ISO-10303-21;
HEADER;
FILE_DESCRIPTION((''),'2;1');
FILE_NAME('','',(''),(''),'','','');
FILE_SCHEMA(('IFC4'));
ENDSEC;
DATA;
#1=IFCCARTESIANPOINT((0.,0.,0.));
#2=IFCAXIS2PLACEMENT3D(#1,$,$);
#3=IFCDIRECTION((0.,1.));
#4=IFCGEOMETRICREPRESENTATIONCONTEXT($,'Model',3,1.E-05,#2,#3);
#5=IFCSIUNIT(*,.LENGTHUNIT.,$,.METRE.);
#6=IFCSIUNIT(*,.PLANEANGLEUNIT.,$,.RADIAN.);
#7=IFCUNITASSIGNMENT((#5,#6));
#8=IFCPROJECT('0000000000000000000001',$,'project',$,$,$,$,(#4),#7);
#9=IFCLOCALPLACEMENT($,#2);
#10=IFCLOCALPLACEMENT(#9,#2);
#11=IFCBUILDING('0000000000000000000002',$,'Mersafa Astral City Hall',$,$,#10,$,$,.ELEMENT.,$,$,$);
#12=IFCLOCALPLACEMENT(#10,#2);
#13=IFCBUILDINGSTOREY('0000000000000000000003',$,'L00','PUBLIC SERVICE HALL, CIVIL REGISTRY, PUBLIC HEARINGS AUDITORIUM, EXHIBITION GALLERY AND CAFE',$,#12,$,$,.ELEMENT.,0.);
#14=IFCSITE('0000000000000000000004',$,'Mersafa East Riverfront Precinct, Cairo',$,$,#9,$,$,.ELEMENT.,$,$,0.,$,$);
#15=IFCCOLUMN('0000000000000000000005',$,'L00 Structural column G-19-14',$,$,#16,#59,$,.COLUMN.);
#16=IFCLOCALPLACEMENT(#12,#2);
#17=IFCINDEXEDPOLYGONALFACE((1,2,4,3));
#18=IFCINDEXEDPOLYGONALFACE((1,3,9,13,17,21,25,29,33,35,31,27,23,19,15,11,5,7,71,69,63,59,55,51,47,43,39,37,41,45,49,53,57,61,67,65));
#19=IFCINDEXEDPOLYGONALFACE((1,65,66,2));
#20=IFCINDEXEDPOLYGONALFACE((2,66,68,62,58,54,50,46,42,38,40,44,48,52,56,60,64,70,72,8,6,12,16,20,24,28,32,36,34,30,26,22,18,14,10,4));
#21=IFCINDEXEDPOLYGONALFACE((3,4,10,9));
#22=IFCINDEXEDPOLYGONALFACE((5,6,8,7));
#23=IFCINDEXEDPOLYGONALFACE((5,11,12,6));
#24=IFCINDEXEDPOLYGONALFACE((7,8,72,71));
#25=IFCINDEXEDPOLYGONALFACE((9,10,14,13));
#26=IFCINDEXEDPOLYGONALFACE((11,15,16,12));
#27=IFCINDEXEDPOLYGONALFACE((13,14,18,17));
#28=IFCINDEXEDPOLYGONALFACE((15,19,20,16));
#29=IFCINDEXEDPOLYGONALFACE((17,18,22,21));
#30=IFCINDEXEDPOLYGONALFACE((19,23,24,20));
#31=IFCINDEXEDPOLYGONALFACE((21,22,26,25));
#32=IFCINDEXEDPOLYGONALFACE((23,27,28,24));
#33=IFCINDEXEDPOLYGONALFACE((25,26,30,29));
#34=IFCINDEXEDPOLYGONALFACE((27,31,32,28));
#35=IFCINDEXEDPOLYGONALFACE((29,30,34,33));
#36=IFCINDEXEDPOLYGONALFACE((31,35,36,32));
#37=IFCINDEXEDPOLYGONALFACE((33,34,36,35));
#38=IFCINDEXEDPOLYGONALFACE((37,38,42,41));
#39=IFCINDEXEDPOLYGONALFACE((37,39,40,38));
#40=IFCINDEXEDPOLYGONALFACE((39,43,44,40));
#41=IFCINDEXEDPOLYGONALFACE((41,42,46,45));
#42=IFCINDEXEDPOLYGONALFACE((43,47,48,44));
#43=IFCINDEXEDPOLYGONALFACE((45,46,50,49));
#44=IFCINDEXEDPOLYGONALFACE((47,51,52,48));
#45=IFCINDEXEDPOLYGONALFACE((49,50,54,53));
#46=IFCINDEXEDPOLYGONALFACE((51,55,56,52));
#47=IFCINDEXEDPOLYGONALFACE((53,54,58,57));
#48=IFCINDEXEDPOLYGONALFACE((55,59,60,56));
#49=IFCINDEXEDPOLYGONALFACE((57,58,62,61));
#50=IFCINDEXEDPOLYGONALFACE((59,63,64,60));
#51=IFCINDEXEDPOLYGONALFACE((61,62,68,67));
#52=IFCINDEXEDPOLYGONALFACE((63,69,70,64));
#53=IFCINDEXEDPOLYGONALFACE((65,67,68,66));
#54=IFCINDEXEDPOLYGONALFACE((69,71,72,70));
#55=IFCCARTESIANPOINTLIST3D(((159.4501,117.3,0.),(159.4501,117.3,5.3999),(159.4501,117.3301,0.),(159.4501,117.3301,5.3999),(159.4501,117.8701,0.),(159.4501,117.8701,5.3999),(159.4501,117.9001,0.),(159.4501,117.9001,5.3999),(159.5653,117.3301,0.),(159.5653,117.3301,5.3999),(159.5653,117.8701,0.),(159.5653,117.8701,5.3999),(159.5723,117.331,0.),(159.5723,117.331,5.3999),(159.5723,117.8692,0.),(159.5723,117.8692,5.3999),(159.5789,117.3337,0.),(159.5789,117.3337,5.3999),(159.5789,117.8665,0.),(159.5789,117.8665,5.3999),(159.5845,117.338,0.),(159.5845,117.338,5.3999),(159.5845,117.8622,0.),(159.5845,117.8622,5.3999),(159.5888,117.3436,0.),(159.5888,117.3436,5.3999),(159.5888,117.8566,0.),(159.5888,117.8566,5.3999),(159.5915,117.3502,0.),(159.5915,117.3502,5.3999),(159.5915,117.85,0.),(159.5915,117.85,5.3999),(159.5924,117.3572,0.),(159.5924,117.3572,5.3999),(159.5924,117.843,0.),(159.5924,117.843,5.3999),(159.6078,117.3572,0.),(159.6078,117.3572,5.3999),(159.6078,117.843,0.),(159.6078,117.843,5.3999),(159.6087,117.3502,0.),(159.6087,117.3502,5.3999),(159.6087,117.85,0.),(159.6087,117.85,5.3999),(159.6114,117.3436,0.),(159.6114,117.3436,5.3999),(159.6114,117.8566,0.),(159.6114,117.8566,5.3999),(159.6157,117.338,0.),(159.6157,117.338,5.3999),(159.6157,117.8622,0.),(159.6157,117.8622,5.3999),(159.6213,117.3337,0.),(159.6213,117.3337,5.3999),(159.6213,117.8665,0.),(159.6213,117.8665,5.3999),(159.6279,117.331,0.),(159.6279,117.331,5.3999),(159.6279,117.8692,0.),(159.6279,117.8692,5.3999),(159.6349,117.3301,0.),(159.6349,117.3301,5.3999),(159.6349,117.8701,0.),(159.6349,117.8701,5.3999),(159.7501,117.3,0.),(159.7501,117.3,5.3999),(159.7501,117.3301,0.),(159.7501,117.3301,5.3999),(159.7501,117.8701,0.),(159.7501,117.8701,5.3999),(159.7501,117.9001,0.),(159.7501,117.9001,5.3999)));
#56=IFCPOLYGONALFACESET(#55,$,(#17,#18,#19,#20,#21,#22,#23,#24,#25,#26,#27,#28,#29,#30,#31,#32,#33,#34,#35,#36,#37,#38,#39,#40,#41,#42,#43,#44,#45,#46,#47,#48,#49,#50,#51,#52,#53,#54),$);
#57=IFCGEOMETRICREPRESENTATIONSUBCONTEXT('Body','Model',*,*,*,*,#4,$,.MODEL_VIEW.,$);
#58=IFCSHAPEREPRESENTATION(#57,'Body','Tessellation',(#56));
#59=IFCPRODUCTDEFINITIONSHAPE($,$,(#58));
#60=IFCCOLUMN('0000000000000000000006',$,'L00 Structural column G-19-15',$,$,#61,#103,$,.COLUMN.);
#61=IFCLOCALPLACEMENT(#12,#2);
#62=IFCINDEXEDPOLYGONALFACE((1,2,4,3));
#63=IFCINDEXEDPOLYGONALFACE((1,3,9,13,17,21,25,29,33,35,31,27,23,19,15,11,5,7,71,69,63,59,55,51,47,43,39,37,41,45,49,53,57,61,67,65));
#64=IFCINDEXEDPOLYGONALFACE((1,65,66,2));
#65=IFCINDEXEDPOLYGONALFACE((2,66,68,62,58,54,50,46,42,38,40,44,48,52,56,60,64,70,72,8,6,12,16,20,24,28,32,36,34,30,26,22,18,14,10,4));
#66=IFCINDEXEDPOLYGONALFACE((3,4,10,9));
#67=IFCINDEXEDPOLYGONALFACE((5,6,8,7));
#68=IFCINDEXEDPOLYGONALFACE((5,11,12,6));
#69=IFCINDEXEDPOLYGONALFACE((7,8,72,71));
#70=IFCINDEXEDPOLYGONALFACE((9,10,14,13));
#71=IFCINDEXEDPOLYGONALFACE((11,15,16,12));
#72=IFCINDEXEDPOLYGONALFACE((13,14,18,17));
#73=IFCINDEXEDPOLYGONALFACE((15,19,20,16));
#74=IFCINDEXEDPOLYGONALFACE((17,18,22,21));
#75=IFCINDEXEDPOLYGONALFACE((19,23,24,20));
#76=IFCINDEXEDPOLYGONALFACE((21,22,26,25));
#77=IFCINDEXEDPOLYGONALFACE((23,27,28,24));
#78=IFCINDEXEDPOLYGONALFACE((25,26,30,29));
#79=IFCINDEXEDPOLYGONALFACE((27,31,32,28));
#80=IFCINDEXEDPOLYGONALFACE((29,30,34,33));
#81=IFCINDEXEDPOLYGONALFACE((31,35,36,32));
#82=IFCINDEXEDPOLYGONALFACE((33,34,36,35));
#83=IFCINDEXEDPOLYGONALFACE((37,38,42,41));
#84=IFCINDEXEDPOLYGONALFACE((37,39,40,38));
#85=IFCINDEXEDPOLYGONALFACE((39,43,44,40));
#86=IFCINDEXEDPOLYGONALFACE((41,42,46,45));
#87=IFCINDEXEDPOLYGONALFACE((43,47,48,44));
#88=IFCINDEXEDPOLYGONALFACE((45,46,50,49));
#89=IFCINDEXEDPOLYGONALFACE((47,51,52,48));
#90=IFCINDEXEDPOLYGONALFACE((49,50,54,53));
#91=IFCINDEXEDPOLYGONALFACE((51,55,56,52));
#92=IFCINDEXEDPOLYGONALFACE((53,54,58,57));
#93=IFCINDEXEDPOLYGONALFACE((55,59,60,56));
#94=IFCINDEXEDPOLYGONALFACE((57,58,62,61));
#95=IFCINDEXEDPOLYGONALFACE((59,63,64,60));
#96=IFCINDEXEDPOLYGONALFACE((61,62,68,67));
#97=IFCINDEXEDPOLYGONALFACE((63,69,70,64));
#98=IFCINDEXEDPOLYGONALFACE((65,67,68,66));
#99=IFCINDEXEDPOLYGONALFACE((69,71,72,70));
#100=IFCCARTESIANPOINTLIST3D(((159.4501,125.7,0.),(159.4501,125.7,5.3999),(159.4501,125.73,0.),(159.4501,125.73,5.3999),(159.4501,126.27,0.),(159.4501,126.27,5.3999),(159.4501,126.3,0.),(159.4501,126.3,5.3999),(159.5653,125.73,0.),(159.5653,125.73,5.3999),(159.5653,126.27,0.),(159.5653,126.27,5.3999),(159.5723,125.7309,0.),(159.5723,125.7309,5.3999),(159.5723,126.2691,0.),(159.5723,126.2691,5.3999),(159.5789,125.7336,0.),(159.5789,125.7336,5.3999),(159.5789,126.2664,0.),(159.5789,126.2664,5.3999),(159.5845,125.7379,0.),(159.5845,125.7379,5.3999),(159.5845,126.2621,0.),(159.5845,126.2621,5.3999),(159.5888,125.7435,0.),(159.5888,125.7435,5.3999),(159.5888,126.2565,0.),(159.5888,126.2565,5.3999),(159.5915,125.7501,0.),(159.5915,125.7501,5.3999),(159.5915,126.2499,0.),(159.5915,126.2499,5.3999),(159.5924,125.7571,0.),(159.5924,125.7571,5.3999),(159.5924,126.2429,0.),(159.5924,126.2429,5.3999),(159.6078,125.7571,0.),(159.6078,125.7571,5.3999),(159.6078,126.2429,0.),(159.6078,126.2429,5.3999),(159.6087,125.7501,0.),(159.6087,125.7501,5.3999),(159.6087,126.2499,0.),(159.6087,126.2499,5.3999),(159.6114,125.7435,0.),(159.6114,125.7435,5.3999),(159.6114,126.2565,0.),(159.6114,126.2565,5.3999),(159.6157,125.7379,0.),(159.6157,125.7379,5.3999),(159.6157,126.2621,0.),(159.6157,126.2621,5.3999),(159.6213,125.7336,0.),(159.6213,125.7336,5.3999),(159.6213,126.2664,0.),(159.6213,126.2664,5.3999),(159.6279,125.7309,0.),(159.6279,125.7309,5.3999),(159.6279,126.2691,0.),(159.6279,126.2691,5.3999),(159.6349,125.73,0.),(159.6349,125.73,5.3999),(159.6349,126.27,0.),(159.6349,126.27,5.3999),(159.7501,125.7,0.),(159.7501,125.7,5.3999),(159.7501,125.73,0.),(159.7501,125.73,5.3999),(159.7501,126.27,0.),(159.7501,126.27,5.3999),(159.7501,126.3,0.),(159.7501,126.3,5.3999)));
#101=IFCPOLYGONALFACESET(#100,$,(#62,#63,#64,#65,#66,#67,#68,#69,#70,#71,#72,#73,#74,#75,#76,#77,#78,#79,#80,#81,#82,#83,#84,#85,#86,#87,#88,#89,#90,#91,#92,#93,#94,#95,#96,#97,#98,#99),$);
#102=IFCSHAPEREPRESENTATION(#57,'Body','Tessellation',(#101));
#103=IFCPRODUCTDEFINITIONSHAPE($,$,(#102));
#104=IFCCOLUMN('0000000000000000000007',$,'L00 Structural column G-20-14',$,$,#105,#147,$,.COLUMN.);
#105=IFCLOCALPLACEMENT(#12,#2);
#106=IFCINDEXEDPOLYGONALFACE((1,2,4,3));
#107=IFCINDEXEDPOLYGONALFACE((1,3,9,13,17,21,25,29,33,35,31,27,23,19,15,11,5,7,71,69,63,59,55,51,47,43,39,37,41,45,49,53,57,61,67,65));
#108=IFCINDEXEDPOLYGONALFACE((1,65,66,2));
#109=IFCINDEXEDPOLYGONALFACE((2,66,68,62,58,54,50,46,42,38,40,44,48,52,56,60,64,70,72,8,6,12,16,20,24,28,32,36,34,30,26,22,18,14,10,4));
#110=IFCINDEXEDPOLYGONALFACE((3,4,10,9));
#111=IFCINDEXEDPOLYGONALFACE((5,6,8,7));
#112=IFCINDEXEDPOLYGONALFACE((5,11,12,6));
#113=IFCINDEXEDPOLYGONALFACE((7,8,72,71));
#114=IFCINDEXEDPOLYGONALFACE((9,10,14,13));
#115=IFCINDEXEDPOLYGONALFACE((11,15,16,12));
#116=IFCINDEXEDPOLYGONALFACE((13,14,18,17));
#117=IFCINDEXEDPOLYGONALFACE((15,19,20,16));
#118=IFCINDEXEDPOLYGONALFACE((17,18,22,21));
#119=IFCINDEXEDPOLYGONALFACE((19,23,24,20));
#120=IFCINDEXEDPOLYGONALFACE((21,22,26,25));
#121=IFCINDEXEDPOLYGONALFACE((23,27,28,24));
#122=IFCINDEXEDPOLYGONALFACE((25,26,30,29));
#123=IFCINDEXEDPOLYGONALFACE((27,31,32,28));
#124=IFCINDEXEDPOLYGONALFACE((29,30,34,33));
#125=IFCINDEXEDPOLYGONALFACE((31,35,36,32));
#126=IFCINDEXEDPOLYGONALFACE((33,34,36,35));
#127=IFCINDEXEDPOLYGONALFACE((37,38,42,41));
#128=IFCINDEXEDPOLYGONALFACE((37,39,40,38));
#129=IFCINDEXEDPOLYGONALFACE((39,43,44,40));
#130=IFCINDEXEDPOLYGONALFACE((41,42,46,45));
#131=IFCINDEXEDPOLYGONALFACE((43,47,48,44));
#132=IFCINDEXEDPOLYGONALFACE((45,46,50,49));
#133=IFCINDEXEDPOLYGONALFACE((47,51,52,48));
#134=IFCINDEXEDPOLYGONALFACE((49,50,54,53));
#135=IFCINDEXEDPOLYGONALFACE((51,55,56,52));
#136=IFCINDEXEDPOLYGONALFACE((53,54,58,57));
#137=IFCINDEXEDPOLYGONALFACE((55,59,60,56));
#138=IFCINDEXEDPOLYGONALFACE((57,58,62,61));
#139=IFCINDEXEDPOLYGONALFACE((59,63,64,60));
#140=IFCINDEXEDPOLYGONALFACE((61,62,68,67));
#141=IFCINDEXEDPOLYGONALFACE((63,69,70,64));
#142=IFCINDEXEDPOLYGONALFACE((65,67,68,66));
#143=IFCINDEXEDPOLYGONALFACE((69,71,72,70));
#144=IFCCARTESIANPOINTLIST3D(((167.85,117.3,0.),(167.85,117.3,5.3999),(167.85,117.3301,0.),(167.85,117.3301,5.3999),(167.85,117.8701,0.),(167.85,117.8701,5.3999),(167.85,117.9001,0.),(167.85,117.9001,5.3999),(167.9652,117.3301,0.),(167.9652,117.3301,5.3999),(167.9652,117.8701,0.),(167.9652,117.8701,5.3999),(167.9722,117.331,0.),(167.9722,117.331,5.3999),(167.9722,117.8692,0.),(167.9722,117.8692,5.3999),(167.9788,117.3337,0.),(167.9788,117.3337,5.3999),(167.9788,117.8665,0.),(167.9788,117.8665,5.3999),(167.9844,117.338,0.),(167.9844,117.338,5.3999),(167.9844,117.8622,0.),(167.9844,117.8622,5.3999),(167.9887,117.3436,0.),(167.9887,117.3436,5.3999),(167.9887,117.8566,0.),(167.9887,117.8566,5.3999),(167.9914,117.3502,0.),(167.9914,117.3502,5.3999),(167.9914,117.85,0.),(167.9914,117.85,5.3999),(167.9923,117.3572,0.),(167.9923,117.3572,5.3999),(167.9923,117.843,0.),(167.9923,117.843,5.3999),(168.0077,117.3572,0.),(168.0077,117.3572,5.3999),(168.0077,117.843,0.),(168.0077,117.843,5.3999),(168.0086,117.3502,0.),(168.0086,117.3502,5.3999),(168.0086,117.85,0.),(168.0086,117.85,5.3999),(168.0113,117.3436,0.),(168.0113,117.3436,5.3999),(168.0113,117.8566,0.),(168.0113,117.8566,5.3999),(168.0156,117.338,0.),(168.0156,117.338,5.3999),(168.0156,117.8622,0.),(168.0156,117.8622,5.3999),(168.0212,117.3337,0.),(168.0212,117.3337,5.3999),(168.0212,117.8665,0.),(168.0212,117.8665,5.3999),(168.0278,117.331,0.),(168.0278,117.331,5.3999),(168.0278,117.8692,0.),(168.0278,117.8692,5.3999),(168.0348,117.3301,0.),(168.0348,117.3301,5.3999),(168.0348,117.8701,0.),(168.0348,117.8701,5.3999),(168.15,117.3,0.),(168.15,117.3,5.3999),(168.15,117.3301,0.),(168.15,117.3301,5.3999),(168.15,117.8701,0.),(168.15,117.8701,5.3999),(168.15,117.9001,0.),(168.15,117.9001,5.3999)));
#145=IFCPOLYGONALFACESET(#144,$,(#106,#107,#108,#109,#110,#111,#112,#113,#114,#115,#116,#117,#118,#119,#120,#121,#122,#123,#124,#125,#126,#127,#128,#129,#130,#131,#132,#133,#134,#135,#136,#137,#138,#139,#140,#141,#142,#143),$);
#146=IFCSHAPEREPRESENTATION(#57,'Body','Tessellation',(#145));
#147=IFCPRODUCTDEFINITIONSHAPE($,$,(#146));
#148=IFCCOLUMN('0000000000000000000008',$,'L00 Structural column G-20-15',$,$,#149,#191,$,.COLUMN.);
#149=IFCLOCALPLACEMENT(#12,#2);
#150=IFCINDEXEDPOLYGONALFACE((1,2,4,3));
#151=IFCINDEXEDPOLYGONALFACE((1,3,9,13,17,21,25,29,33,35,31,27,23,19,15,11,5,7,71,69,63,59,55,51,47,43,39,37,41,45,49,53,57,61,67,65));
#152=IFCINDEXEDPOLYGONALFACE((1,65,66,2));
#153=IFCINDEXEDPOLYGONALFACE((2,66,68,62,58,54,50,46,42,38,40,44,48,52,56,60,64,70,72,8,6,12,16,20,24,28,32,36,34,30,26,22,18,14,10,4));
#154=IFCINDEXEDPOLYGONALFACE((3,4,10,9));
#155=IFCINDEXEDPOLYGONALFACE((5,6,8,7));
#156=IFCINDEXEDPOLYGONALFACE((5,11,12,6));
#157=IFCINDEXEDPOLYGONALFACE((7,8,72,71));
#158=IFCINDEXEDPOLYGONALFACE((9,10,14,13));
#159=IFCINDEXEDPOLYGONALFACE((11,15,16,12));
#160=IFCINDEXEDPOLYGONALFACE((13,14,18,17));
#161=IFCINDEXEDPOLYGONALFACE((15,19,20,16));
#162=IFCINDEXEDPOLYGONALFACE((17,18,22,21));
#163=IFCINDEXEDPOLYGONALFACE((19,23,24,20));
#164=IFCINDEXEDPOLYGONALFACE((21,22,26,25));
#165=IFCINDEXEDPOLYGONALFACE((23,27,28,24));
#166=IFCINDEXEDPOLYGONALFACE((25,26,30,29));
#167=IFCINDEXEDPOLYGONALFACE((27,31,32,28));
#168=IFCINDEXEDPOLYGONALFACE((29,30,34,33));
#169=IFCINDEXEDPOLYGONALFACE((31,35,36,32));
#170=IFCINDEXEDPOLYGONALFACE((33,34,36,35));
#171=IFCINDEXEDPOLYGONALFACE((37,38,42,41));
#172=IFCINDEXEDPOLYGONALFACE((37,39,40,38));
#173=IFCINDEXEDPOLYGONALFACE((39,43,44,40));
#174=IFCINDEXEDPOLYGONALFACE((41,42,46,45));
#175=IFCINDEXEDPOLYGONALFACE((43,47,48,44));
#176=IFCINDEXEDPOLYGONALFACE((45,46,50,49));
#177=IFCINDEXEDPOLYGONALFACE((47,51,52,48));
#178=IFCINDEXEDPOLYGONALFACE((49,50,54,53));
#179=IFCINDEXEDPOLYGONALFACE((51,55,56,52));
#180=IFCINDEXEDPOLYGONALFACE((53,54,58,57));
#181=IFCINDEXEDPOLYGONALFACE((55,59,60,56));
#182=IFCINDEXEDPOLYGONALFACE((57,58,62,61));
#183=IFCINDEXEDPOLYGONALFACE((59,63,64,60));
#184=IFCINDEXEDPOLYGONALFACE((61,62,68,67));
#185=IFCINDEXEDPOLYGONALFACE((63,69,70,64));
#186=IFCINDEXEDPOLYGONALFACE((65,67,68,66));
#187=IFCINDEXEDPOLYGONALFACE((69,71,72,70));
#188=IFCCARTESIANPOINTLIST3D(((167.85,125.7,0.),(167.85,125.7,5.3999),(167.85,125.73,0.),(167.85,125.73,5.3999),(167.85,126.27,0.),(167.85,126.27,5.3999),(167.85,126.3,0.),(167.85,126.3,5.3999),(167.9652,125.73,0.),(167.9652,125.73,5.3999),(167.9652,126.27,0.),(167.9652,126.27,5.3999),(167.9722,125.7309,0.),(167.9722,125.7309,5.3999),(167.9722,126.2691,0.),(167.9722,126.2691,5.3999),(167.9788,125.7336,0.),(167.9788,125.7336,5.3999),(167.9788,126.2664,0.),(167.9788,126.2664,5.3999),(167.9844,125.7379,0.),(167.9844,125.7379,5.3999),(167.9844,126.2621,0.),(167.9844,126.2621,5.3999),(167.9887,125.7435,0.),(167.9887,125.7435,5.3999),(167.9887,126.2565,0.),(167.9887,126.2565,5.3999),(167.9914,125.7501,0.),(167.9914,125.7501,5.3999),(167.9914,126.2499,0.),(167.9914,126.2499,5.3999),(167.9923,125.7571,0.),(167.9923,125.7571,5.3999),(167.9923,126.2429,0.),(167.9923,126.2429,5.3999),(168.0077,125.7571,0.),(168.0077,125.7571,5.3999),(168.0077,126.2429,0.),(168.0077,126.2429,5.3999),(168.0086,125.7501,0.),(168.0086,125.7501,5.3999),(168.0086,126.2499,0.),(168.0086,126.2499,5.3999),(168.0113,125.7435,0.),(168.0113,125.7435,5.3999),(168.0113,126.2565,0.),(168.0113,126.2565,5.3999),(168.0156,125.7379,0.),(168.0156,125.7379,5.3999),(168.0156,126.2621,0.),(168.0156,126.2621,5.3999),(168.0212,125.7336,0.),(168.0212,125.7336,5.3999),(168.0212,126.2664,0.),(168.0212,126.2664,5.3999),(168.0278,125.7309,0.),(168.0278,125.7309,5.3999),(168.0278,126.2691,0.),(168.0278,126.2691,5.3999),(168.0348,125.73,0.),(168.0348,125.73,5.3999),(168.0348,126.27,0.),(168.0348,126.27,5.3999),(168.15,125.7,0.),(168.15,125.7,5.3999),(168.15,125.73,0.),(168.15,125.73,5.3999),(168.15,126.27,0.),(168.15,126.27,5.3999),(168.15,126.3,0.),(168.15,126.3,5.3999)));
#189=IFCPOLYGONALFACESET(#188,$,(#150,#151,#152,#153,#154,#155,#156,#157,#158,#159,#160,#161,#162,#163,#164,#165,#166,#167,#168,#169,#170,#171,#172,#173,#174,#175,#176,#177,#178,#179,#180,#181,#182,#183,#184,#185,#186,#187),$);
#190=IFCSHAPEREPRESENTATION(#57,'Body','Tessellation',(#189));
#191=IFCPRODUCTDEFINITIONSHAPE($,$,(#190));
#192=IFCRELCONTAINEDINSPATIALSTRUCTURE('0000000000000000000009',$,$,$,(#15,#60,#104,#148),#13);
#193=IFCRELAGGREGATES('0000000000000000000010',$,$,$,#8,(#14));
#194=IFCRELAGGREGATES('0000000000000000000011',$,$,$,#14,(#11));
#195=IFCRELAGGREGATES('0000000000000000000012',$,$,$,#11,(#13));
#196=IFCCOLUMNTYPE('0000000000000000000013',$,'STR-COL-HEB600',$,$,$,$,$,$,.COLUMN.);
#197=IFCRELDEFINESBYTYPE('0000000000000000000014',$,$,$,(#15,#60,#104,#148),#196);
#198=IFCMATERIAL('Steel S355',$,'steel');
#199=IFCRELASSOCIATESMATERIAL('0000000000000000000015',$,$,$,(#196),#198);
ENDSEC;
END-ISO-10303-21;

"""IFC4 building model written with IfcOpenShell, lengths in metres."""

from ifc_helpers import new_model, si_unit, direction, frame, origin, origin_2d, place, context, subcontext, project, spatial, i_section, extrude, material, material_profile, profile_set, type_object, element, save


model = new_model("IFC4")

# Units and contexts
model_context = context("Model", 3, precision=1e-05, world=origin(), true_north=direction((0.0, 1.0)))
body_context = subcontext(model_context, "Body", "Model", "MODEL_VIEW")
ifc_project = project(units=[si_unit("LENGTHUNIT", "METRE"), si_unit("PLANEANGLEUNIT", "RADIAN")], contexts=[model_context])

# Site, building, storey
site_placement = place(None, origin())
site = spatial("IfcSite", under=ifc_project, at=site_placement, Name="Mersafa East Riverfront Precinct, Cairo", CompositionType="ELEMENT", RefElevation=0.0)
building_placement = place(site_placement, origin())
building = spatial("IfcBuilding", under=site, at=building_placement, Name="Mersafa Astral City Hall", CompositionType="ELEMENT")
storey_placement = place(building_placement, origin())
storey = spatial("IfcBuildingStorey", under=building, at=storey_placement, Name="L00", Description="PUBLIC SERVICE HALL, CIVIL REGISTRY, PUBLIC HEARINGS AUDITORIUM, EXHIBITION GALLERY AND CAFE", CompositionType="ELEMENT", Elevation=0.0)

# Columns
ifc_material_1 = material(Name="Steel S355", Category="steel")
ifc_material_profile_1 = material_profile(ifc_material_1, i_section(OverallWidth=0.3, OverallDepth=0.6001, WebThickness=0.0154, FlangeThickness=0.03, FilletRadius=0.0271, at=origin_2d()), Name="HEB 600")
ifc_profile_set_1 = profile_set([ifc_material_profile_1], Name="Steel S355")
column_type = type_object("IfcColumnType", Name="STR-COL-HEB600", PredefinedType="COLUMN", material=ifc_profile_set_1)
for number, where, z_axis, x_axis, name in (
    (1, (159.6001, 117.6001, 0.0), (0.0, 0.0, 1.0), (1.0, 0.0, 0.0), "L00 Structural column G-19-14"),
    (2, (159.6001, 126.0, 0.0), (0.0, 0.0, 1.0), (1.0, 0.0, 0.0), "L00 Structural column G-19-15"),
    (3, (168.0, 117.6001, 0.0), (0.0, 0.0, 1.0), (1.0, 0.0, 0.0), "L00 Structural column G-20-14"),
    (4, (168.0, 126.0, 0.0), (0.0, 0.0, 1.0), (1.0, 0.0, 0.0), "L00 Structural column G-20-15"),
):
    element("IfcColumn", number, at=place(storey_placement, frame(where, z_axis=z_axis, x_axis=x_axis)), inside=storey, type_object=column_type, Name=name, PredefinedType="COLUMN", context=body_context, shape_type="SweptSolid", body=[
        extrude(i_section(OverallWidth=0.3, OverallDepth=0.6001, WebThickness=0.0154, FlangeThickness=0.03, FilletRadius=0.0271, at=origin_2d()), origin(), (0.0, 0.0, 1.0), 5.3999),
    ])

save(model, "model.ifc")
